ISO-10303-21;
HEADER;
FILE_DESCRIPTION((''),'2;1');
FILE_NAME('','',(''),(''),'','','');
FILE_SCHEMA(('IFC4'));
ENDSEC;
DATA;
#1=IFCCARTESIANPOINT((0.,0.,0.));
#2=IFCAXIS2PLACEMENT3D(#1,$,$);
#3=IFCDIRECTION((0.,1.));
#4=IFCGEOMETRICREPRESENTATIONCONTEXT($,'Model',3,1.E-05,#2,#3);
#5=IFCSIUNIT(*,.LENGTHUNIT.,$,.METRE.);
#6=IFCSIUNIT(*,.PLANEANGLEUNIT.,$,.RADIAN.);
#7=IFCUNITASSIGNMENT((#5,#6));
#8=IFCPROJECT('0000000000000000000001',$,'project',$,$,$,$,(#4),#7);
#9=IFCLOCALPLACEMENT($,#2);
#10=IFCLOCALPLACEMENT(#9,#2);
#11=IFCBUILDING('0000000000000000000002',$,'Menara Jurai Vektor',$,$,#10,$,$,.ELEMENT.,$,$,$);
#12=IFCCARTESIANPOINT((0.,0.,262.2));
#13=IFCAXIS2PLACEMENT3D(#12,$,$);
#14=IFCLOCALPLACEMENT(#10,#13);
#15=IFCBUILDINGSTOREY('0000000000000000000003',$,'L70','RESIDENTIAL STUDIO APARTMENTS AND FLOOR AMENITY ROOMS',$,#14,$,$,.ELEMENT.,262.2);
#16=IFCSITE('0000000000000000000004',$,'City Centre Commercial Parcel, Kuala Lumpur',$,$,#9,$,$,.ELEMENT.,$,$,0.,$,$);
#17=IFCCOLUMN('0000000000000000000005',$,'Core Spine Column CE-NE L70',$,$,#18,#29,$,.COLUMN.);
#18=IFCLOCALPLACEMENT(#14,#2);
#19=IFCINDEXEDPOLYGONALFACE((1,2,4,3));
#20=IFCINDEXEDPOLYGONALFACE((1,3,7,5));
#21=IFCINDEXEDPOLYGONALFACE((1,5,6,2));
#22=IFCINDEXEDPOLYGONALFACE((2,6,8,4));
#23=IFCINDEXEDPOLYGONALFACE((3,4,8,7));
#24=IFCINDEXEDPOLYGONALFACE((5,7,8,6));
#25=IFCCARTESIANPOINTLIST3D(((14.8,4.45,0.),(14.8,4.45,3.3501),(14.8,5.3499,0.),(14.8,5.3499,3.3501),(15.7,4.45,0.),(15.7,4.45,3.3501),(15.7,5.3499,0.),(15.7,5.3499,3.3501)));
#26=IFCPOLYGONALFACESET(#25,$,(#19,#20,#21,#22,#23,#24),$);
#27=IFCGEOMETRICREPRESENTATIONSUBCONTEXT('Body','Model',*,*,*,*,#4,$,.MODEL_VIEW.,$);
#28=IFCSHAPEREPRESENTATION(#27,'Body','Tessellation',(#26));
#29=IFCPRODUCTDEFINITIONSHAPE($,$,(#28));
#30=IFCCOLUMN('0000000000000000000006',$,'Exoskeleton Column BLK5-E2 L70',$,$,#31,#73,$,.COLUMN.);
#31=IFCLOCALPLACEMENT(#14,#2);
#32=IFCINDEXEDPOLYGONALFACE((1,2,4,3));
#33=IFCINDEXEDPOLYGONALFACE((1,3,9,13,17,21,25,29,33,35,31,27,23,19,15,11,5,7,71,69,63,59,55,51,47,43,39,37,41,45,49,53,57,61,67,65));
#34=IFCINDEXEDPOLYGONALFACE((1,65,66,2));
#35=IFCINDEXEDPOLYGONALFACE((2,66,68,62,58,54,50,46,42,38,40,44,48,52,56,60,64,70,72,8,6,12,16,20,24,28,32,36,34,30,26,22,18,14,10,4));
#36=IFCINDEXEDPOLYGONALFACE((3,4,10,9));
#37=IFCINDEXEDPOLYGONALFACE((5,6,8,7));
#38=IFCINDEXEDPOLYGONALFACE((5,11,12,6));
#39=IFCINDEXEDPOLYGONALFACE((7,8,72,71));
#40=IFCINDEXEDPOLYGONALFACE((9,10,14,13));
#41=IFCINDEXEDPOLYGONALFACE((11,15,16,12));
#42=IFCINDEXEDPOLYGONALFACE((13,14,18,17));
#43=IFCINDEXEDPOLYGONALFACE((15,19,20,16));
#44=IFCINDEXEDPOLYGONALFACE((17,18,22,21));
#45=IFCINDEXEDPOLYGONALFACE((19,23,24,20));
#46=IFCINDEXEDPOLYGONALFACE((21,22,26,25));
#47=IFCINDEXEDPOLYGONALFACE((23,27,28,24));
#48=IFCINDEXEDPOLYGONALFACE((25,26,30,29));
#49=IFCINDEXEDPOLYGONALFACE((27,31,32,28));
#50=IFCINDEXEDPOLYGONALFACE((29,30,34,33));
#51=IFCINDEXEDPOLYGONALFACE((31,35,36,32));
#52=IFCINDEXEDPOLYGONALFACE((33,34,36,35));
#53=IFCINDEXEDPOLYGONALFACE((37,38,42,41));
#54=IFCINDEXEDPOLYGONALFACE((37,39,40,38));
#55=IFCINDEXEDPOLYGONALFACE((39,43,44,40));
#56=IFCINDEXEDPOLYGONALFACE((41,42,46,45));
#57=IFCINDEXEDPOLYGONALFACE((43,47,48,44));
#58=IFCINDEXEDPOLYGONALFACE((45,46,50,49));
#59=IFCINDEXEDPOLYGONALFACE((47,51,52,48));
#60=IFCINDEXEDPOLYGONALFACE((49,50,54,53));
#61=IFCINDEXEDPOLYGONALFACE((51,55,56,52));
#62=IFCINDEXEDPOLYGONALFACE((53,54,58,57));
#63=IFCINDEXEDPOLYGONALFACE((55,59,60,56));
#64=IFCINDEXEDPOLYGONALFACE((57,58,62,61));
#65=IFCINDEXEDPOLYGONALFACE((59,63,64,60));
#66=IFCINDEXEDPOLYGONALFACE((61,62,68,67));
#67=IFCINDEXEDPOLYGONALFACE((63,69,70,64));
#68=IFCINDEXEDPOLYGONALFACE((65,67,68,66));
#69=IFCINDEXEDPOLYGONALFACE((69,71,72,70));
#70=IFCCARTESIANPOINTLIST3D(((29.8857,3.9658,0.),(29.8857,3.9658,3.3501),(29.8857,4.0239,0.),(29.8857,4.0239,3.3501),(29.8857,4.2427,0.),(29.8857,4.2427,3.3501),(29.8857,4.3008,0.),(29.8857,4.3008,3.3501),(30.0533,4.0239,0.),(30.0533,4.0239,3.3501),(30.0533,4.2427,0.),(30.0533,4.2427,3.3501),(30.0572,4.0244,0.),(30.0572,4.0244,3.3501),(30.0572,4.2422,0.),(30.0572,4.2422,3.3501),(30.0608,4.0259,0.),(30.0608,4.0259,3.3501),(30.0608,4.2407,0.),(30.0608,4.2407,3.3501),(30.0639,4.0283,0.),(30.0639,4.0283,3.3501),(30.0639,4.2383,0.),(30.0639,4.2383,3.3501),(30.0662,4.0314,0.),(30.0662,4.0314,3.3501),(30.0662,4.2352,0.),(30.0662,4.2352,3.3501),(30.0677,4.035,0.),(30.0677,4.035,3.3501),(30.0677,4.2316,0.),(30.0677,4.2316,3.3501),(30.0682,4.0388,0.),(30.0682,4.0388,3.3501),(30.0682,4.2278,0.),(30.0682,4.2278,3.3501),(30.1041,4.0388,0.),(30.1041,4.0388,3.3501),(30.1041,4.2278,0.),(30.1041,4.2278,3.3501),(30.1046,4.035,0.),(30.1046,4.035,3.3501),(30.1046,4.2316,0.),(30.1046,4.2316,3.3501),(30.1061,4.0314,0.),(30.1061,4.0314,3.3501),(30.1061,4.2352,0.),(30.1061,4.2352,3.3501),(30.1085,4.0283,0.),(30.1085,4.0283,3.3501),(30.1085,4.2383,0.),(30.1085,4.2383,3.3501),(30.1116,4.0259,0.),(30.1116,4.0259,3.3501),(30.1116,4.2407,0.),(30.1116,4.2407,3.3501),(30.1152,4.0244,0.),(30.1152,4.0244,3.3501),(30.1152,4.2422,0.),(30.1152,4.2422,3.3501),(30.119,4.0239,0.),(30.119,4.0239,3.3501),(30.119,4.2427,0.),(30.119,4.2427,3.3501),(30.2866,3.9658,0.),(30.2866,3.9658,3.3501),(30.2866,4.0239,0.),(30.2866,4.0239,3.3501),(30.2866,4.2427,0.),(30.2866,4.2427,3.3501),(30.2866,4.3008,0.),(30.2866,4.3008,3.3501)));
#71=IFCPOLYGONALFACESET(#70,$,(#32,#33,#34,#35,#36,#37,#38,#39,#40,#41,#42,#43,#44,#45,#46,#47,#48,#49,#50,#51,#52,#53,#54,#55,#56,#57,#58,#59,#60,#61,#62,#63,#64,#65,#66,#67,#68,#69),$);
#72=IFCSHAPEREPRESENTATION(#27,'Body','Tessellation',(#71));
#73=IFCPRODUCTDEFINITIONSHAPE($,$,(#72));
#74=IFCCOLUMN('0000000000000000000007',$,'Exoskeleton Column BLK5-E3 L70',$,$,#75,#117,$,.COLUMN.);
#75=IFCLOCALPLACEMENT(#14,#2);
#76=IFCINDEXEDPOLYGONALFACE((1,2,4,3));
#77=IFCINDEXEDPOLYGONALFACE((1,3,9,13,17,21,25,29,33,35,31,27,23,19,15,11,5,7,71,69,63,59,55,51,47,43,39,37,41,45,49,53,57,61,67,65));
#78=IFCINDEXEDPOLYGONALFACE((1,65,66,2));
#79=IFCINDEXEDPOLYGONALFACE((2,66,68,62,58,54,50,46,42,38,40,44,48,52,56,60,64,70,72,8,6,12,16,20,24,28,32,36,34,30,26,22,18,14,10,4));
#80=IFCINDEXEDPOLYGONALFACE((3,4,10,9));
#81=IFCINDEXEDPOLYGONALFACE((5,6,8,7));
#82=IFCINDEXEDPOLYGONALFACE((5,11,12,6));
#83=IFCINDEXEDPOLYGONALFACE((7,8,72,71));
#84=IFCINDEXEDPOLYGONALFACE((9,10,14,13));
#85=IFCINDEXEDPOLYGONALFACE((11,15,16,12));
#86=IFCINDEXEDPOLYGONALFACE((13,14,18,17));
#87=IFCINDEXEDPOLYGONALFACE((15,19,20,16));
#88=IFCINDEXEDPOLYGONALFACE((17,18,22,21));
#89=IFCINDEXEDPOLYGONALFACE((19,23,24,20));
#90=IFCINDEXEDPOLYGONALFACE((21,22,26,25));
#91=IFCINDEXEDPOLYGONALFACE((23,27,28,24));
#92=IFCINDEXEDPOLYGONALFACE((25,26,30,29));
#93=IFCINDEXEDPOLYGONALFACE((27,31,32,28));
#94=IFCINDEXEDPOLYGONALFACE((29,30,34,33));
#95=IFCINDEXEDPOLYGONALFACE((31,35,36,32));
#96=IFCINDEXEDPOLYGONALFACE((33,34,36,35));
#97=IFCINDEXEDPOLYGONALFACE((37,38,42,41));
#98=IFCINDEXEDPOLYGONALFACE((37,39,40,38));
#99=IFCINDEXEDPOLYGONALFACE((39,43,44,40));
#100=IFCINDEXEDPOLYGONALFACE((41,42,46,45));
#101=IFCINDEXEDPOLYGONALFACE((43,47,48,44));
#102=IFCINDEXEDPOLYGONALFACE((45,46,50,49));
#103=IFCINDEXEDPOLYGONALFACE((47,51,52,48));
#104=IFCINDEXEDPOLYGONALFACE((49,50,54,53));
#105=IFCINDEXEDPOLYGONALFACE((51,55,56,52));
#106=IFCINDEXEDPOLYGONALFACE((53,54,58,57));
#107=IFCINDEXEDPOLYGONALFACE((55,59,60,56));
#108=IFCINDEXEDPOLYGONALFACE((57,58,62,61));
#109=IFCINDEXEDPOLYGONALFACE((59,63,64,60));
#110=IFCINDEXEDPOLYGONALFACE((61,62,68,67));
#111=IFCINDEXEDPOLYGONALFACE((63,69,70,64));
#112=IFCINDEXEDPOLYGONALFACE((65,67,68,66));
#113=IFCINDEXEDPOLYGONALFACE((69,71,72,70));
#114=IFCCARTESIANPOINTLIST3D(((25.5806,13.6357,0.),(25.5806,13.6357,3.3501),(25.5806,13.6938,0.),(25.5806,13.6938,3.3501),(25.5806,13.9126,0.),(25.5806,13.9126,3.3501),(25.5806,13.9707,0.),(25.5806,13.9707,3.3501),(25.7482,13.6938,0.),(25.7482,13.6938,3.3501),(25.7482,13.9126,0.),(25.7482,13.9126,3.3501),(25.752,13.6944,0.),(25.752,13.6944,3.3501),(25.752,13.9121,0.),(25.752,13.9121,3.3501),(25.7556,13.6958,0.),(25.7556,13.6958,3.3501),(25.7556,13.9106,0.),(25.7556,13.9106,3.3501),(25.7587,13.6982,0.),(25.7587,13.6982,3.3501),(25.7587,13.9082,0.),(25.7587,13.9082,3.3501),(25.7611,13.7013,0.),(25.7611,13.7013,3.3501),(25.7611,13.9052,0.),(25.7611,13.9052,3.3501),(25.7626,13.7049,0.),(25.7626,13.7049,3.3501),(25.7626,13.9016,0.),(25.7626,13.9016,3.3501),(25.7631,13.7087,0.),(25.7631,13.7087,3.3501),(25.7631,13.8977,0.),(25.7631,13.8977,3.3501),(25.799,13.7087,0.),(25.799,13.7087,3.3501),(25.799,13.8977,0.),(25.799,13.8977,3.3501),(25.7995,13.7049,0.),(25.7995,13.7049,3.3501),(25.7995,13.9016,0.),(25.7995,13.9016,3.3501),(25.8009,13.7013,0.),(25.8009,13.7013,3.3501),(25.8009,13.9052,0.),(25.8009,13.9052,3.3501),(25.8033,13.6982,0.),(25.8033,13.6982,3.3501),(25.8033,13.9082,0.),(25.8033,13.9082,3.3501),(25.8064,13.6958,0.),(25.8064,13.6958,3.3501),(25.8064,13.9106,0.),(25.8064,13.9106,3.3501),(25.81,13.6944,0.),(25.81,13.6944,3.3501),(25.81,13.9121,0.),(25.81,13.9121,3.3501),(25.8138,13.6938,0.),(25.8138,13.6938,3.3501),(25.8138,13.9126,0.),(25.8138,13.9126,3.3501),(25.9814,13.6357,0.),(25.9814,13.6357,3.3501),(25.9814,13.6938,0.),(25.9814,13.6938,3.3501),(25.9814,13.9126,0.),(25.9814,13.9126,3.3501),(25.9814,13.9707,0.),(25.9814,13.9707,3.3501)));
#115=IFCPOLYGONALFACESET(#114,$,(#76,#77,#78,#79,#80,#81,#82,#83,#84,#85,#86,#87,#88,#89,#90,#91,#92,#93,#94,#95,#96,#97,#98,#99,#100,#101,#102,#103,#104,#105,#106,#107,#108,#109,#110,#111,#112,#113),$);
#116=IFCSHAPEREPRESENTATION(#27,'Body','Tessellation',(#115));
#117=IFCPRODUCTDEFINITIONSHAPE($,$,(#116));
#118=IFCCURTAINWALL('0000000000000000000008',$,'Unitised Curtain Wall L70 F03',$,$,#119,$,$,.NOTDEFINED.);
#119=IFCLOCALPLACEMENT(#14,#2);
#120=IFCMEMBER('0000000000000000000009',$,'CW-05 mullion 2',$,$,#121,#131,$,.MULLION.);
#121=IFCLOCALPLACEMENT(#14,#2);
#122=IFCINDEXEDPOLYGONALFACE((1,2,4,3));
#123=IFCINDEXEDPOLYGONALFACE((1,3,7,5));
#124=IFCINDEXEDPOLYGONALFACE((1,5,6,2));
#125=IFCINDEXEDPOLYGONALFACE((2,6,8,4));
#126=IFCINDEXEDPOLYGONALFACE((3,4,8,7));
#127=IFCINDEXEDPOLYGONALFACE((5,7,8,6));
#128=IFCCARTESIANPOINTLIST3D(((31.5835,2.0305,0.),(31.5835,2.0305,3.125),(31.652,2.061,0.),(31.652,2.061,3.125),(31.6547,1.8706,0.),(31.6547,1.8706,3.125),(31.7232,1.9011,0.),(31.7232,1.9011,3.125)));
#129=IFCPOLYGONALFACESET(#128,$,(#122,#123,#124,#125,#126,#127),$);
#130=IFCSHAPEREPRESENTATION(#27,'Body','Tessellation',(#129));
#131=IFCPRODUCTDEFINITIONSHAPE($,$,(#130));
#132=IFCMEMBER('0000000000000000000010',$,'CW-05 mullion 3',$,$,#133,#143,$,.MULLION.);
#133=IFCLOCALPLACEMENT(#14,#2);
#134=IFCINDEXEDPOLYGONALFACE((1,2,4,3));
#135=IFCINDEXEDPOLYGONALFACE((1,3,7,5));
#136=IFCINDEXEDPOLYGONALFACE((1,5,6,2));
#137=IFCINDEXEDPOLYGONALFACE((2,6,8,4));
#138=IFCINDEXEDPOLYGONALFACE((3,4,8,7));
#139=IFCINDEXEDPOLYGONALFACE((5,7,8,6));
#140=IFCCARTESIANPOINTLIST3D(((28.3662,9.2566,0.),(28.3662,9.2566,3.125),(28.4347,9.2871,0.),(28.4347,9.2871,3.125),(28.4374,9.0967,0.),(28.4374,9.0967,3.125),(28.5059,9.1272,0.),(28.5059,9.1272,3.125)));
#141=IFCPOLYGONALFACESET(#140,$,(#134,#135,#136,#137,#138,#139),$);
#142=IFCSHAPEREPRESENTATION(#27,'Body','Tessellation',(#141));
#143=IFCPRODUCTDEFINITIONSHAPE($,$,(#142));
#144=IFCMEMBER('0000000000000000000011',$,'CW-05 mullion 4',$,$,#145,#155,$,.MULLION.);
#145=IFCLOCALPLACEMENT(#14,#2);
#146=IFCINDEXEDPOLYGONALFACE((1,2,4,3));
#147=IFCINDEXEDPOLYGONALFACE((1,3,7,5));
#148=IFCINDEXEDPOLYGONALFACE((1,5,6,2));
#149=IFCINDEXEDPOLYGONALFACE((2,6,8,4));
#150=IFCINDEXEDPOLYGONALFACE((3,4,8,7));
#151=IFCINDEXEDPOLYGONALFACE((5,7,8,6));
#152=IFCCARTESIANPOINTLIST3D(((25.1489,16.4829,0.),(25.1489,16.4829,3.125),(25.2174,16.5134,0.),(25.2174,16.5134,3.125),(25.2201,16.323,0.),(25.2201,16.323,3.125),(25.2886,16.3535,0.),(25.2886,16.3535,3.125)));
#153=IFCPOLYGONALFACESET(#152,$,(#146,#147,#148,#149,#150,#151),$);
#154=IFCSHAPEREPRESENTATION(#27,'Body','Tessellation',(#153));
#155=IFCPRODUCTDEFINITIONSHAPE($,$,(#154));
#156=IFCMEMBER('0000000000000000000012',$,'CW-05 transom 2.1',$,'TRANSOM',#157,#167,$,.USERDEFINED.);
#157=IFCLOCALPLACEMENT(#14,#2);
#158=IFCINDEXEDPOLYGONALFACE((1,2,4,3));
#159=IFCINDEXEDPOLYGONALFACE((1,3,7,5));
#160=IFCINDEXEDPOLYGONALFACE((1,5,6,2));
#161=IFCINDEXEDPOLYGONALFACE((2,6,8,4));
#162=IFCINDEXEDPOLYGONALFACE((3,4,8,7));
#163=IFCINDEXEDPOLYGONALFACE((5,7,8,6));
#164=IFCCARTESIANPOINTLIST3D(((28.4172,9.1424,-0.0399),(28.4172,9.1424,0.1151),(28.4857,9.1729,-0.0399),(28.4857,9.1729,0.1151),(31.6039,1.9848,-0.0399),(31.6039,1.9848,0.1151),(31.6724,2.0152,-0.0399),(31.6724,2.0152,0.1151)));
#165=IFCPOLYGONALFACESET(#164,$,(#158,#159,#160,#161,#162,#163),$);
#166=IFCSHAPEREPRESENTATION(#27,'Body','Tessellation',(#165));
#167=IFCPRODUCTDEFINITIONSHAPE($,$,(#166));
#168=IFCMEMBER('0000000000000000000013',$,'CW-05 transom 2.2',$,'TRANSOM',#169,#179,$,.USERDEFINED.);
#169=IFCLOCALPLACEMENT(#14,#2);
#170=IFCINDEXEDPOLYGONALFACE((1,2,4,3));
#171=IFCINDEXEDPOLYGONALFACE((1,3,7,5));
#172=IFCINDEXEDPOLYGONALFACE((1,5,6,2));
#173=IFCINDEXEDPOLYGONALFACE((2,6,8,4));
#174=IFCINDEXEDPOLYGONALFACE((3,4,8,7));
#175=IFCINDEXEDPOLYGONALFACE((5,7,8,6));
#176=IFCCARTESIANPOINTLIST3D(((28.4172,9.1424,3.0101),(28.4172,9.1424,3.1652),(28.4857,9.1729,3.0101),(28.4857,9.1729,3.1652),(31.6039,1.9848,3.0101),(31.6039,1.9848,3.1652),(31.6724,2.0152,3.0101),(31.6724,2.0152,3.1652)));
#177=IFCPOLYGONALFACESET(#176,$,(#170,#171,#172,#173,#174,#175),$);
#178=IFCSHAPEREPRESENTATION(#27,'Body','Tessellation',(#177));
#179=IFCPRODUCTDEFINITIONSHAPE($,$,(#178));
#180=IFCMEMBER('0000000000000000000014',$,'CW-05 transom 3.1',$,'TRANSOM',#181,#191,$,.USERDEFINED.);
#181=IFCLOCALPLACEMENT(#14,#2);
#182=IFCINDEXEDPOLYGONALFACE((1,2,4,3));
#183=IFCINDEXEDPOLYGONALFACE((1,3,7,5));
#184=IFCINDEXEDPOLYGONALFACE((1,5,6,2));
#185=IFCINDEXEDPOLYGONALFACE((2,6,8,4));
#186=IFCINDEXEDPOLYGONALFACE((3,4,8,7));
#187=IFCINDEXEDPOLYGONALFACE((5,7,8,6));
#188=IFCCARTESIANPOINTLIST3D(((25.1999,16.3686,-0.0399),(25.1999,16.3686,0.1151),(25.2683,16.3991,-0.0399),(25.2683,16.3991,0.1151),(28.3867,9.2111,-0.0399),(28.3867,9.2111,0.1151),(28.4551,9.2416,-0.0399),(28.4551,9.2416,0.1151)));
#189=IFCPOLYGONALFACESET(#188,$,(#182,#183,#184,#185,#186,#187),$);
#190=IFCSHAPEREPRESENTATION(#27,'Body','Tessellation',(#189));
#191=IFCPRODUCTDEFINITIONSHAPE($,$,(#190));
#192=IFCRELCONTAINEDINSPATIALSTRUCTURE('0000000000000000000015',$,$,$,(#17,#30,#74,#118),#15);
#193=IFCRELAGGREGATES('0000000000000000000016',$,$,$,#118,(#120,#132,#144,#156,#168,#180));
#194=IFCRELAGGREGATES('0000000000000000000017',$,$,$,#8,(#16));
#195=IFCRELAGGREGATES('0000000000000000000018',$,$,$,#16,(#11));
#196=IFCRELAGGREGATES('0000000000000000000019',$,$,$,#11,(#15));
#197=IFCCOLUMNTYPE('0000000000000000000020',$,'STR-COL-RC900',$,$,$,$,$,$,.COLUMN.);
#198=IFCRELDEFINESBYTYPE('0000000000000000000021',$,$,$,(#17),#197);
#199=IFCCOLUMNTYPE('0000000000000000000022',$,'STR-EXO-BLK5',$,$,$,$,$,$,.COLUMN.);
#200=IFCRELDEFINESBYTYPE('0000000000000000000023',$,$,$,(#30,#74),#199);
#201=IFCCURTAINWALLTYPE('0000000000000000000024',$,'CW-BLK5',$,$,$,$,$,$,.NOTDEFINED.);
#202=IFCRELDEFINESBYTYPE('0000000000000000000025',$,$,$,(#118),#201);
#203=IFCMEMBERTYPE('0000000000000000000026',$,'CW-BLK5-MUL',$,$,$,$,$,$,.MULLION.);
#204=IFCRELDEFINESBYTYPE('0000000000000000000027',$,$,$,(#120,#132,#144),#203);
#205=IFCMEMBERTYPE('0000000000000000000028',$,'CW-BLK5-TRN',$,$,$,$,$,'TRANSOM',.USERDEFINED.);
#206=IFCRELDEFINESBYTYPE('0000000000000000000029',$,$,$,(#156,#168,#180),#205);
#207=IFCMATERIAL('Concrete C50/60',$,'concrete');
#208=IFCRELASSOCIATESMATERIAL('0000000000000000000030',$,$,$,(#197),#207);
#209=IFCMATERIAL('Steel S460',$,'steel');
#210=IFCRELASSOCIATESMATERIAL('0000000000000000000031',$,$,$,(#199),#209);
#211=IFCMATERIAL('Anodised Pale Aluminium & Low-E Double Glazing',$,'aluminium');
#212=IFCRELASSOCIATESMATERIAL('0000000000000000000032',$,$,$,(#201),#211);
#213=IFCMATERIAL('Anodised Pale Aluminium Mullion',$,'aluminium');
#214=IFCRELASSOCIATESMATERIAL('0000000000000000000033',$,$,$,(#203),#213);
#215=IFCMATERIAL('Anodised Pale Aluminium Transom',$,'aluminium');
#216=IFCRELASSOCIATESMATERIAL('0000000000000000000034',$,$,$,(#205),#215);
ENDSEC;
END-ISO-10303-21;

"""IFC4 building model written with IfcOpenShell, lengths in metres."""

from ifc_helpers import new_model, si_unit, direction, frame, origin, origin_2d, place, context, subcontext, project, spatial, rectangle, i_section, extrude, material, material_profile, profile_set, type_object, element, aggregate, save


model = new_model("IFC4")

# Units and contexts
model_context = context("Model", 3, precision=1e-05, world=origin(), true_north=direction((0.0, 1.0)))
body_context = subcontext(model_context, "Body", "Model", "MODEL_VIEW")
ifc_project = project(units=[si_unit("LENGTHUNIT", "METRE"), si_unit("PLANEANGLEUNIT", "RADIAN")], contexts=[model_context])

# Site, building, storey
site_placement = place(None, origin())
site = spatial("IfcSite", under=ifc_project, at=site_placement, Name="City Centre Commercial Parcel, Kuala Lumpur", CompositionType="ELEMENT", RefElevation=0.0)
building_placement = place(site_placement, origin())
building = spatial("IfcBuilding", under=site, at=building_placement, Name="Menara Jurai Vektor", CompositionType="ELEMENT")
storey_placement = place(building_placement, frame((0.0, 0.0, 262.2)))
storey = spatial("IfcBuildingStorey", under=building, at=storey_placement, Name="L70", Description="RESIDENTIAL STUDIO APARTMENTS AND FLOOR AMENITY ROOMS", CompositionType="ELEMENT", Elevation=262.2)

# Columns
ifc_material_1 = material(Name="Concrete C50/60", Category="concrete")
ifc_material_profile_1 = material_profile(ifc_material_1, rectangle(XDim=0.8999, YDim=0.8999, at=origin_2d()), Name="RC 900x900")
ifc_profile_set_1 = profile_set([ifc_material_profile_1], Name="Concrete C50/60")
column_type_1 = type_object("IfcColumnType", Name="STR-COL-RC900", PredefinedType="COLUMN", material=ifc_profile_set_1)
column_placement = place(storey_placement, frame((15.25, 4.8999, 0.0), z_axis=(0.0, 0.0, 1.0), x_axis=(1.0, 0.0, 0.0)))
element("IfcColumn", 1, at=column_placement, inside=storey, type_object=column_type_1, Name="Core Spine Column CE-NE L70", PredefinedType="COLUMN", context=body_context, shape_type="SweptSolid", body=[
    extrude(rectangle(XDim=0.8999, YDim=0.8999, at=origin_2d()), origin(), (0.0, 0.0, 1.0), 3.3501),
])
ifc_material_2 = material(Name="Steel S460", Category="steel")
ifc_material_profile_2 = material_profile(ifc_material_2, i_section(OverallWidth=0.4009, OverallDepth=0.335, WebThickness=0.0359, FlangeThickness=0.0581, FilletRadius=0.0149, at=origin_2d()), Name="HD 400x463")
ifc_profile_set_2 = profile_set([ifc_material_profile_2], Name="Steel S460")
column_type_2 = type_object("IfcColumnType", Name="STR-EXO-BLK5", PredefinedType="COLUMN", material=ifc_profile_set_2)
for number, where, z_axis, x_axis, name in (
    (2, (30.0862, 4.1333, 0.0), (0.0, 0.0, 1.0), (1.0, 0.0, 0.0), "Exoskeleton Column BLK5-E2 L70"),
    (3, (25.781, 13.8032, 0.0), (0.0, 0.0, 1.0), (1.0, 0.0, 0.0), "Exoskeleton Column BLK5-E3 L70"),
):
    element("IfcColumn", number, at=place(storey_placement, frame(where, z_axis=z_axis, x_axis=x_axis)), inside=storey, type_object=column_type_2, Name=name, PredefinedType="COLUMN", context=body_context, shape_type="SweptSolid", body=[
        extrude(i_section(OverallWidth=0.4009, OverallDepth=0.335, WebThickness=0.0359, FlangeThickness=0.0581, FilletRadius=0.0149, at=origin_2d()), origin(), (0.0, 0.0, 1.0), 3.3501),
    ])

# Curtain wall, members
ifc_material_3 = material(Name="Anodised Pale Aluminium & Low-E Double Glazing", Category="aluminium")
curtain_wall_type = type_object("IfcCurtainWallType", Name="CW-BLK5", PredefinedType="NOTDEFINED", material=ifc_material_3)
curtain_wall_placement = place(storey_placement, origin())
curtain_wall = element("IfcCurtainWall", 4, at=curtain_wall_placement, inside=storey, type_object=curtain_wall_type, Name="Unitised Curtain Wall L70 F03", PredefinedType="NOTDEFINED")
ifc_material_4 = material(Name="Anodised Pale Aluminium Mullion", Category="aluminium")
ifc_material_profile_3 = material_profile(ifc_material_4, rectangle(XDim=0.075, YDim=0.175, at=origin_2d()), Name="ALU MUL 75x175")
ifc_profile_set_3 = profile_set([ifc_material_profile_3], Name="Anodised Pale Aluminium Mullion")
member_type_1 = type_object("IfcMemberType", Name="CW-BLK5-MUL", PredefinedType="MULLION", material=ifc_profile_set_3)
member_1_placement = place(storey_placement, frame((31.6533, 1.9658, 0.0), z_axis=(0.0, 0.0, 1.0), x_axis=(-0.913546, -0.406735, 0.0)))
member_1 = element("IfcMember", 5, at=member_1_placement, type_object=member_type_1, Name="CW-05 mullion 2", PredefinedType="MULLION", context=body_context, shape_type="SweptSolid", body=[
    extrude(rectangle(XDim=0.075, YDim=0.175, at=origin_2d()), origin(), (0.0, 0.0, 1.0), 3.125),
])
member_2_placement = place(storey_placement, frame((28.436, 9.1919, 0.0), z_axis=(0.0, 0.0, 1.0), x_axis=(-0.913546, -0.406735, 0.0)))
member_2 = element("IfcMember", 6, at=member_2_placement, type_object=member_type_1, Name="CW-05 mullion 3", PredefinedType="MULLION", context=body_context, shape_type="SweptSolid", body=[
    extrude(rectangle(XDim=0.075, YDim=0.175, at=origin_2d()), origin(), (0.0, 0.0, 1.0), 3.125),
])
member_3_placement = place(storey_placement, frame((25.2188, 16.4182, 0.0), z_axis=(0.0, 0.0, 1.0), x_axis=(-0.913546, -0.406735, 0.0)))
member_3 = element("IfcMember", 7, at=member_3_placement, type_object=member_type_1, Name="CW-05 mullion 4", PredefinedType="MULLION", context=body_context, shape_type="SweptSolid", body=[
    extrude(rectangle(XDim=0.075, YDim=0.175, at=origin_2d()), origin(), (0.0, 0.0, 1.0), 3.125),
])
ifc_material_5 = material(Name="Anodised Pale Aluminium Transom", Category="aluminium")
ifc_material_profile_4 = material_profile(ifc_material_5, rectangle(XDim=0.075, YDim=0.155, at=origin_2d()), Name="ALU TRN 75x155")
ifc_profile_set_4 = profile_set([ifc_material_profile_4], Name="Anodised Pale Aluminium Transom")
member_type_2 = type_object("IfcMemberType", Name="CW-BLK5-TRN", ElementType="TRANSOM", PredefinedType="USERDEFINED", material=ifc_profile_set_4)
member_4_placement = place(storey_placement, frame((31.6382, 2.0, 0.0376), z_axis=(-0.406731, 0.913548, 0.0), x_axis=(-0.913548, -0.406731, 0.0)))
member_4 = element("IfcMember", 8, at=member_4_placement, type_object=member_type_2, Name="CW-05 transom 2.1", ObjectType="TRANSOM", PredefinedType="USERDEFINED", context=body_context, shape_type="SweptSolid", body=[
    extrude(rectangle(XDim=0.075, YDim=0.155, at=origin_2d()), origin(), (0.0, 0.0, 1.0), 7.835),
])
member_5_placement = place(storey_placement, frame((31.6382, 2.0, 3.0876), z_axis=(-0.406731, 0.913548, 0.0), x_axis=(-0.913548, -0.406731, 0.0)))
member_5 = element("IfcMember", 9, at=member_5_placement, type_object=member_type_2, Name="CW-05 transom 2.2", ObjectType="TRANSOM", PredefinedType="USERDEFINED", context=body_context, shape_type="SweptSolid", body=[
    extrude(rectangle(XDim=0.075, YDim=0.155, at=origin_2d()), origin(), (0.0, 0.0, 1.0), 7.835),
])
member_6_placement = place(storey_placement, frame((28.4209, 9.2263, 0.0376), z_axis=(-0.406743, 0.913543, 0.0), x_axis=(-0.913543, -0.406743, 0.0)))
member_6 = element("IfcMember", 10, at=member_6_placement, type_object=member_type_2, Name="CW-05 transom 3.1", ObjectType="TRANSOM", PredefinedType="USERDEFINED", context=body_context, shape_type="SweptSolid", body=[
    extrude(rectangle(XDim=0.075, YDim=0.155, at=origin_2d()), origin(), (0.0, 0.0, 1.0), 7.835),
])

aggregate(curtain_wall, [member_1, member_2, member_3, member_4, member_5, member_6])

save(model, "model.ifc")
